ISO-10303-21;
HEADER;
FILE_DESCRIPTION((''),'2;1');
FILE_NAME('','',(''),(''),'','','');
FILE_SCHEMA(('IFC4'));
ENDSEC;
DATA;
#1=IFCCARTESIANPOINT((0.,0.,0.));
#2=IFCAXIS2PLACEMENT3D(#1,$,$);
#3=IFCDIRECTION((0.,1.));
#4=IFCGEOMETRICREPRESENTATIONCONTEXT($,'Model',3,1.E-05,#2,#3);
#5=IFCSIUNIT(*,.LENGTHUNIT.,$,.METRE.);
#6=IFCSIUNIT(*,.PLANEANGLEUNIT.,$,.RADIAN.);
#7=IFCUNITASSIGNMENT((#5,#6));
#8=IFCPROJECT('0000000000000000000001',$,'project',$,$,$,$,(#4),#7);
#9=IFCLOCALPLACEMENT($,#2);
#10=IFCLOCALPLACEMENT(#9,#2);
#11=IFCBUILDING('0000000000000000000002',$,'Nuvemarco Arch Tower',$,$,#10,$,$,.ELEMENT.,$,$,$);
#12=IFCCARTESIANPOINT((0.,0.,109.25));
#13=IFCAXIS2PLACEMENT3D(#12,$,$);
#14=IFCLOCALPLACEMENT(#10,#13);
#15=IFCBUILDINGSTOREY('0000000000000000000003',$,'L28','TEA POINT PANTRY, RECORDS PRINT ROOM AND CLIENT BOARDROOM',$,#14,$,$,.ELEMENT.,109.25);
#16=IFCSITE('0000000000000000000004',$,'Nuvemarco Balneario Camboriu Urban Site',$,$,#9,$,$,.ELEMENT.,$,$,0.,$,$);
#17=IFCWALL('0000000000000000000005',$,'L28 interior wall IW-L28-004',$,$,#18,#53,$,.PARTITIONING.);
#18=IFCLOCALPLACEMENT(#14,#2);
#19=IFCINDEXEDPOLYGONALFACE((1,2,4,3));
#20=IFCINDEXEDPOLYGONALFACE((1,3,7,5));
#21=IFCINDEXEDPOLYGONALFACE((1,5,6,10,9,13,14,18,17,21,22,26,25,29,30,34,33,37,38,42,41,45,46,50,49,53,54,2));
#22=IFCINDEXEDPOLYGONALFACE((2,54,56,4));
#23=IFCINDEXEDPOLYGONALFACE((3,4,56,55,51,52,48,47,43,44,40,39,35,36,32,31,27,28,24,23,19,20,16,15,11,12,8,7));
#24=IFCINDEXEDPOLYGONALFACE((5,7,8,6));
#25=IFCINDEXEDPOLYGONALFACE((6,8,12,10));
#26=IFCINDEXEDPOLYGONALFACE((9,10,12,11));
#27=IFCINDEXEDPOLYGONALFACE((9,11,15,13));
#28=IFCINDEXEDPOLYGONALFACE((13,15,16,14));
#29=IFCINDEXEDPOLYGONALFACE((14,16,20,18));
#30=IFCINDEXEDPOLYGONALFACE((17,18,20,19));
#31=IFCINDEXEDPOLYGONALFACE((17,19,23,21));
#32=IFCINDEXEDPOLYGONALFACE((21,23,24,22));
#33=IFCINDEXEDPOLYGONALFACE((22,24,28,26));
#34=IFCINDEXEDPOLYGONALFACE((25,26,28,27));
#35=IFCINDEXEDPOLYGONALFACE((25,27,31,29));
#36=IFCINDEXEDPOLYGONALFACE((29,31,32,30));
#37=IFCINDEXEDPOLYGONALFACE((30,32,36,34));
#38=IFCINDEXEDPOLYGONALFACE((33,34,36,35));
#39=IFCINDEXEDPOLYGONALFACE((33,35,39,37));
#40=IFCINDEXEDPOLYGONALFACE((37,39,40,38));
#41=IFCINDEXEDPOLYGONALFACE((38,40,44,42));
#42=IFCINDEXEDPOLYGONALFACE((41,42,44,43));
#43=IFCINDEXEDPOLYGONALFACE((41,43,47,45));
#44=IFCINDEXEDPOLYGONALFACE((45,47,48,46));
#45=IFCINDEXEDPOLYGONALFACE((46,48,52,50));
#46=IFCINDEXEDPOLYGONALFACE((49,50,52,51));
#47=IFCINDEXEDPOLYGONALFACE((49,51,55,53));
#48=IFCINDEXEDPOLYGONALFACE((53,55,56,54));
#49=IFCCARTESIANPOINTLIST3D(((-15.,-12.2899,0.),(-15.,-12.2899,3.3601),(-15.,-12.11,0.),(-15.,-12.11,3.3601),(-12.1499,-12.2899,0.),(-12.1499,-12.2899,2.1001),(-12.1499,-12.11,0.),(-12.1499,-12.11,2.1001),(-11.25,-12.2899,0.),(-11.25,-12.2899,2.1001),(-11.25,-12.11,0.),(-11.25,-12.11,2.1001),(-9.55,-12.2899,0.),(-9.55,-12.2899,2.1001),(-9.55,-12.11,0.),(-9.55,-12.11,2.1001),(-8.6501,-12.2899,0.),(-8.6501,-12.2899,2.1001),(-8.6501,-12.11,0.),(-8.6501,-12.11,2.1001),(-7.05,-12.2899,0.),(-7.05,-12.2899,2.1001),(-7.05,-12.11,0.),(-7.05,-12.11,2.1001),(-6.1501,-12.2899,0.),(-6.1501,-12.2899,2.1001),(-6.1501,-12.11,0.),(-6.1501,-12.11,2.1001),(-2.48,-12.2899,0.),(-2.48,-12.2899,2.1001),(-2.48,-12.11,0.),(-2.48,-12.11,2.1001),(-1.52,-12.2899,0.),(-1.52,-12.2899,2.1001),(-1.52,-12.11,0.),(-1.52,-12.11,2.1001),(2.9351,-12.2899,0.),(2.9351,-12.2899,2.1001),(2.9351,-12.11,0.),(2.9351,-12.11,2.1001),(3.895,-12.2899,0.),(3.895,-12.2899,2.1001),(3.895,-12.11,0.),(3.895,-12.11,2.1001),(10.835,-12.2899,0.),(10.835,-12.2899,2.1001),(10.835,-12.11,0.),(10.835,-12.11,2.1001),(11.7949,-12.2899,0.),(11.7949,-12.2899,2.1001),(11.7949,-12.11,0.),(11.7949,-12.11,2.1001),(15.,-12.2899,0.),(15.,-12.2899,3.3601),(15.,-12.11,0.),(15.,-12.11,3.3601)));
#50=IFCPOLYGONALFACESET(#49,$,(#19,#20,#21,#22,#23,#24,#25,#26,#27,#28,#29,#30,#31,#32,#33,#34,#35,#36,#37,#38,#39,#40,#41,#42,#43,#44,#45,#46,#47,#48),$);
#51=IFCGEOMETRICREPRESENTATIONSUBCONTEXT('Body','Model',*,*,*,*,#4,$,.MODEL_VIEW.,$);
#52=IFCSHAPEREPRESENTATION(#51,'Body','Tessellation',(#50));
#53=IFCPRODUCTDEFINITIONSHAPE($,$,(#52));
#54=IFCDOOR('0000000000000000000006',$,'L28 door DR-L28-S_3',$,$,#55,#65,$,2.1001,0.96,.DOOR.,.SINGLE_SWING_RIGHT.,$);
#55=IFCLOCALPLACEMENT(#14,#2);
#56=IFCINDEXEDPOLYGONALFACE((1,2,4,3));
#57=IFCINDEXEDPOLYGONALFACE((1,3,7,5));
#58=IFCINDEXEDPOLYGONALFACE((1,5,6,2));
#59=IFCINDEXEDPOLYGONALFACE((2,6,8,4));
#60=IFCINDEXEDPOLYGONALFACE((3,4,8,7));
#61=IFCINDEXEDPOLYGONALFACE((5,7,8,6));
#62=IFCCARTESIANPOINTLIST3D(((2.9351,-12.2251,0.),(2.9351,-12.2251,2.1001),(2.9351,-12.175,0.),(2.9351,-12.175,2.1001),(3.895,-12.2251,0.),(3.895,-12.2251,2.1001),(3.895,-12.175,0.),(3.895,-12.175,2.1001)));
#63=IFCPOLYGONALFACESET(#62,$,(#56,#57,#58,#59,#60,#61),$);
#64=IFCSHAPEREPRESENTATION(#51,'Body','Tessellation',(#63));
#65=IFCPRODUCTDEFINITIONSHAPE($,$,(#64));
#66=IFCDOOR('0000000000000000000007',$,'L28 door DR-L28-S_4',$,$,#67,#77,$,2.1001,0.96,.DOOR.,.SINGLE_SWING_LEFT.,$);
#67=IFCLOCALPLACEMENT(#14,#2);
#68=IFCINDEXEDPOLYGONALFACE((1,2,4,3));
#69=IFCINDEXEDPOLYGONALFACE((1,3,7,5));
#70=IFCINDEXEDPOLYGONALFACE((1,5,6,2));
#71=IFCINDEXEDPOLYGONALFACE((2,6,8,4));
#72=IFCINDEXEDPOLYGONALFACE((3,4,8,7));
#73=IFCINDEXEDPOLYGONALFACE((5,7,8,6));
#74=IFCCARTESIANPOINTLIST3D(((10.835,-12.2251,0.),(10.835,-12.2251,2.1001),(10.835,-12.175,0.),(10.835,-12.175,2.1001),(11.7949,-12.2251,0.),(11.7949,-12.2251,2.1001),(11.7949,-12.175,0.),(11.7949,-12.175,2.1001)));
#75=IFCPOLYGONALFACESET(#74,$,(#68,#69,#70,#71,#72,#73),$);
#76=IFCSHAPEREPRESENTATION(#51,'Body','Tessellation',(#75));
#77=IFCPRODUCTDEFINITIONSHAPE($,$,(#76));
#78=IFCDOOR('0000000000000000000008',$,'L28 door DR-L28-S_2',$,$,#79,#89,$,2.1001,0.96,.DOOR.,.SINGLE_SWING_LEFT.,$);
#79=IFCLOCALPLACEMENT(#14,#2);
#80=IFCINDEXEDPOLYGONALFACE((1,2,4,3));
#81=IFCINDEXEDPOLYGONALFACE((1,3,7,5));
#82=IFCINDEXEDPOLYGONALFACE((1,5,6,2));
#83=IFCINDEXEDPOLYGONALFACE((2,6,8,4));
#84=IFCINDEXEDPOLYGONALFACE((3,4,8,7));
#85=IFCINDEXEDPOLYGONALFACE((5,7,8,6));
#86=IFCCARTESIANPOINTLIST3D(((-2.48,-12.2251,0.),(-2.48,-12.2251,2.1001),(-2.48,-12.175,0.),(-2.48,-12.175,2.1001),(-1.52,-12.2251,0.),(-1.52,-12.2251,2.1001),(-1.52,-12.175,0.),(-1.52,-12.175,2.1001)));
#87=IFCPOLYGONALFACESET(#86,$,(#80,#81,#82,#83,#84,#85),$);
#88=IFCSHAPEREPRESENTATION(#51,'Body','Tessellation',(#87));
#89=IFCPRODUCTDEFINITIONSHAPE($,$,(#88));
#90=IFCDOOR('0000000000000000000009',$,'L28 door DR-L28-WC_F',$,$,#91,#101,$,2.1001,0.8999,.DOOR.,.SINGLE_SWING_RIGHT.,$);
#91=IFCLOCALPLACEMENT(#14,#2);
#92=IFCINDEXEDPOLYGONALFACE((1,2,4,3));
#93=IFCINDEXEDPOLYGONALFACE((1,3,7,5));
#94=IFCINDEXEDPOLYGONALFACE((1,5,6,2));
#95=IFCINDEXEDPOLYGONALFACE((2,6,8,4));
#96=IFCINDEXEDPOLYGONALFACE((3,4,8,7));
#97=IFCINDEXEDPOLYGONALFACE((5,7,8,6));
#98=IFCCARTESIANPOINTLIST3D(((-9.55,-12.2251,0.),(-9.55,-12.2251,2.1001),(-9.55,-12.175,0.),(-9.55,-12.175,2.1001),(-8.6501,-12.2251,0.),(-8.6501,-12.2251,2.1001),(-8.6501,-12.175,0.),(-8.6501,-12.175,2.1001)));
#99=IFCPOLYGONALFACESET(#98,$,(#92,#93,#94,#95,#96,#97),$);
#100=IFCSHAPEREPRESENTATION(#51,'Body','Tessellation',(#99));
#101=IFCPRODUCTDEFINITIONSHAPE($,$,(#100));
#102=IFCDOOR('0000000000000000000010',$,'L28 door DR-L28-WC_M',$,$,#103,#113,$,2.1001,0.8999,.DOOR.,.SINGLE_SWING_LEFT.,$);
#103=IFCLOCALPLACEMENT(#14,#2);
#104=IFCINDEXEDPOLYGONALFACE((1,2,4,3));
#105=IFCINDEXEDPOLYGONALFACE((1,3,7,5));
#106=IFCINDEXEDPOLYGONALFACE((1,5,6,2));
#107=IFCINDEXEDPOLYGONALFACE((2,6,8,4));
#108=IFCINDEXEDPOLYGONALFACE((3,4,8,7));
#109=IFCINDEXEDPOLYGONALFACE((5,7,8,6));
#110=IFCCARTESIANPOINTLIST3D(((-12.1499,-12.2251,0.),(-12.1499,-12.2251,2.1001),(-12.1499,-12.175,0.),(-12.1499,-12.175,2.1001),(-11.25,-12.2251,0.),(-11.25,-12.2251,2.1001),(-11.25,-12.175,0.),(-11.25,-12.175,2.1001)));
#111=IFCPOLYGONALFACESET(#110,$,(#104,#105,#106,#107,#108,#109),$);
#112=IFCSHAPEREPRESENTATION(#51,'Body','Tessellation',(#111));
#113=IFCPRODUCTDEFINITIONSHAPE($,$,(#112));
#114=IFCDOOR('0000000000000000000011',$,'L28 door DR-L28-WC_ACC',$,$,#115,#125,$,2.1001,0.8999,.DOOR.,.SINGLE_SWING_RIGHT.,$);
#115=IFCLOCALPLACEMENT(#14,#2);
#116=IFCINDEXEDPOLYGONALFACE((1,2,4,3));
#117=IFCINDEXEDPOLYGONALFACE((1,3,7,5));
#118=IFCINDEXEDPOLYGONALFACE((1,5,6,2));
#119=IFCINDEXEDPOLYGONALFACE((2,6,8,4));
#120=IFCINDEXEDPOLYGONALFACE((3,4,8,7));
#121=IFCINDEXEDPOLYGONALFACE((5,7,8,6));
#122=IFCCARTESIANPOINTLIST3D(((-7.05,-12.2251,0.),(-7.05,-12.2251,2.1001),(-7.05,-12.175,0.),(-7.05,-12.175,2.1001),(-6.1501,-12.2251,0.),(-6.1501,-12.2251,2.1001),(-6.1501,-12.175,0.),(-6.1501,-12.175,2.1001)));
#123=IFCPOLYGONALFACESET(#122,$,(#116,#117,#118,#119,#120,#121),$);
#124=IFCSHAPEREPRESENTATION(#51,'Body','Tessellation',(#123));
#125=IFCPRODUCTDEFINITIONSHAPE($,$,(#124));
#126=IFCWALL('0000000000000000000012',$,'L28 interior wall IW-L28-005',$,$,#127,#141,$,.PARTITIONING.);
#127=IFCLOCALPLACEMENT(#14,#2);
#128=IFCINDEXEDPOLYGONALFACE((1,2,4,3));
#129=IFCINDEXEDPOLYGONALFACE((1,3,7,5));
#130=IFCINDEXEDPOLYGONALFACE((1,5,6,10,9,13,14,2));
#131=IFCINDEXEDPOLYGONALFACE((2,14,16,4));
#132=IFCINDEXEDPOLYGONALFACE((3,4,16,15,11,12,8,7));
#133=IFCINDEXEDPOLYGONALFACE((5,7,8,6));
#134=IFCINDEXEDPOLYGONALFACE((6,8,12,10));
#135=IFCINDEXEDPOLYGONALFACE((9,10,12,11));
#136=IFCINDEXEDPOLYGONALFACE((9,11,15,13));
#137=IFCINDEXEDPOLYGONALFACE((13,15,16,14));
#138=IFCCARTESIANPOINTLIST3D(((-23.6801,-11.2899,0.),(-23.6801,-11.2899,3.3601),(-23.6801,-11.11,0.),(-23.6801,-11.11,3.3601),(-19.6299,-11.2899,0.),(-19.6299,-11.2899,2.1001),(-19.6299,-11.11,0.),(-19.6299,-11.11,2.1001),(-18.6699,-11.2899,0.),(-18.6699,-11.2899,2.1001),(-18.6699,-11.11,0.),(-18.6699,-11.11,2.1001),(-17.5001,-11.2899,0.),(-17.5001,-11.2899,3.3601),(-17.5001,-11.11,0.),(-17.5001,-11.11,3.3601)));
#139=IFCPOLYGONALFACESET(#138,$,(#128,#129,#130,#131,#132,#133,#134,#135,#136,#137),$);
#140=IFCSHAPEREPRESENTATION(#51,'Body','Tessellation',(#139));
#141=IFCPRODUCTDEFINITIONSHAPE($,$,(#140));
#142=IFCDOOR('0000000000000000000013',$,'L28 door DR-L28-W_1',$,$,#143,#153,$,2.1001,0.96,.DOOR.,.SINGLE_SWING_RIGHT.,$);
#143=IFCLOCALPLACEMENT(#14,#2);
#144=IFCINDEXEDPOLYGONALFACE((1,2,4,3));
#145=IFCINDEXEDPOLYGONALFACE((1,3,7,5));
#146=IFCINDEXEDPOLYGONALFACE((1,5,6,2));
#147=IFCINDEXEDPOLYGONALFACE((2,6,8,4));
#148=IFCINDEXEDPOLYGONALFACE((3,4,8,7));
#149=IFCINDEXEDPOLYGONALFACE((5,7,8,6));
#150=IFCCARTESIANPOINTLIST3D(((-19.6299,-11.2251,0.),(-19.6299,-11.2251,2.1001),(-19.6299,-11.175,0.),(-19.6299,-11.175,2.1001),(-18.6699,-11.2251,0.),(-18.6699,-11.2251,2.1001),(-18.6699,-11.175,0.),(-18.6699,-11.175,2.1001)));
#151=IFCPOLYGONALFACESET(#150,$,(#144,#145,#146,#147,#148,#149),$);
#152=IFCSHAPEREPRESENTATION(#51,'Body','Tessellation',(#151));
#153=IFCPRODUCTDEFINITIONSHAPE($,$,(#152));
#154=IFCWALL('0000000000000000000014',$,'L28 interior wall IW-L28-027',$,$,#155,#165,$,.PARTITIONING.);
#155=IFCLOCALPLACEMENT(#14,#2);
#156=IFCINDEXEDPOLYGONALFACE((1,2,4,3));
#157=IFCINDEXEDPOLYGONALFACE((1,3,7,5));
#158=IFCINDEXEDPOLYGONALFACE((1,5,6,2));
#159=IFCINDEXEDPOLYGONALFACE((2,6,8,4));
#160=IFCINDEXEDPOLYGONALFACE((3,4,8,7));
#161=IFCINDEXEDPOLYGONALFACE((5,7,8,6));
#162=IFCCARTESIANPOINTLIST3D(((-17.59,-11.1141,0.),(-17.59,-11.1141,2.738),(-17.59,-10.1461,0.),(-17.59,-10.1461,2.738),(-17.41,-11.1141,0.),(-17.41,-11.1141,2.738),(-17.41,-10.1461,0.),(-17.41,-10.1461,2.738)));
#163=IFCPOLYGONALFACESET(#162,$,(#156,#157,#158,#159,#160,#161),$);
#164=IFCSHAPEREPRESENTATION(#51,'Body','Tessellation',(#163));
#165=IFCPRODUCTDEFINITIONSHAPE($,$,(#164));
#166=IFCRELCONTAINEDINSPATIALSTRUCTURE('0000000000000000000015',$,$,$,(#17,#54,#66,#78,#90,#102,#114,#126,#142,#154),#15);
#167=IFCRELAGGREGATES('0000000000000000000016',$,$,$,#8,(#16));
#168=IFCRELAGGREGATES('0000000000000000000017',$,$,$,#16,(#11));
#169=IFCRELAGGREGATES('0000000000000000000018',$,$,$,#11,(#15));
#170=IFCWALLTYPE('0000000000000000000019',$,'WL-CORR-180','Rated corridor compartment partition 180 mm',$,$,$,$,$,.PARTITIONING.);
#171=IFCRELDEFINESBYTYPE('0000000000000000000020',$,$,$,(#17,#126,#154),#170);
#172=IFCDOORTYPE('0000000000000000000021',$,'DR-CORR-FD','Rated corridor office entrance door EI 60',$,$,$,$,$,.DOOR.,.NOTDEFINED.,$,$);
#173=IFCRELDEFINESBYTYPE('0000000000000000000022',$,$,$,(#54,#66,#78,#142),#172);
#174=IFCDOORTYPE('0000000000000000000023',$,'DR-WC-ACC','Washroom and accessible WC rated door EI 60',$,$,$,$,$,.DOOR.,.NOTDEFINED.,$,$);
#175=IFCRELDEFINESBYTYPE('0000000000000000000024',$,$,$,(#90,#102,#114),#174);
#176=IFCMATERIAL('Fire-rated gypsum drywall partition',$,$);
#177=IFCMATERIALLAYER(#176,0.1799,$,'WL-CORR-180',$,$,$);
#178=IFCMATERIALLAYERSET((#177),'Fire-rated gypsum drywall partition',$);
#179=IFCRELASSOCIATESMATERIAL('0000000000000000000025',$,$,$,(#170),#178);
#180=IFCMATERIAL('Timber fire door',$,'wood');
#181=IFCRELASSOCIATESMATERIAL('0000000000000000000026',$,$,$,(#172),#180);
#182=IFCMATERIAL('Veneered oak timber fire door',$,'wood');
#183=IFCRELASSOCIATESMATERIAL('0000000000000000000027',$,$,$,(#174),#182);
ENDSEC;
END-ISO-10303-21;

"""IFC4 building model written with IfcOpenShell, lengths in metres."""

from ifc_helpers import new_model, si_unit, direction, frame, frame_2d, origin, place, context, subcontext, project, spatial, rectangle, extrude, source, transform, mapped, material, layer, layer_set, type_object, type_shapes, element, fill, save


model = new_model("IFC4")

# Units and contexts
model_context = context("Model", 3, precision=1e-05, world=origin(), true_north=direction((0.0, 1.0)))
body_context = subcontext(model_context, "Body", "Model", "MODEL_VIEW")
ifc_project = project(units=[si_unit("LENGTHUNIT", "METRE"), si_unit("PLANEANGLEUNIT", "RADIAN")], contexts=[model_context])

# Site, building, storey
site_placement = place(None, origin())
site = spatial("IfcSite", under=ifc_project, at=site_placement, Name="Nuvemarco Balneario Camboriu Urban Site", CompositionType="ELEMENT", RefElevation=0.0)
building_placement = place(site_placement, origin())
building = spatial("IfcBuilding", under=site, at=building_placement, Name="Nuvemarco Arch Tower", CompositionType="ELEMENT")
storey_placement = place(building_placement, frame((0.0, 0.0, 109.25)))
storey = spatial("IfcBuildingStorey", under=building, at=storey_placement, Name="L28", Description="TEA POINT PANTRY, RECORDS PRINT ROOM AND CLIENT BOARDROOM", CompositionType="ELEMENT", Elevation=109.25)

# Wall, openings, doors
ifc_material_1 = material(Name="Fire-rated gypsum drywall partition")
ifc_layer_1 = layer(ifc_material_1, 0.1799, Name="WL-CORR-180")
ifc_layer_set_1 = layer_set([ifc_layer_1], Name="Fire-rated gypsum drywall partition")
wall_type_1 = type_object("IfcWallType", Name="WL-CORR-180", Description="Rated corridor compartment partition 180 mm", PredefinedType="PARTITIONING", material=ifc_layer_set_1)
wall_1_placement = place(storey_placement, frame((-15.0, -12.2, 0.0), z_axis=(0.0, 0.0, 1.0), x_axis=(1.0, 0.0, 0.0)))
wall_1 = element("IfcWall", 1, at=wall_1_placement, inside=storey, type_object=wall_type_1, Name="L28 interior wall IW-L28-004", PredefinedType="PARTITIONING", context=body_context, shape_type="SweptSolid", body=[
    extrude(rectangle(XDim=30.0, YDim=0.1799, at=frame_2d((15.0, 0.0))), origin(), (0.0, 0.0, 1.0), 3.3601),
])
opening_1_placement = place(wall_1_placement, frame((17.9351, 0.0, 0.0)))
opening_1 = element("IfcOpeningElement", 2, at=opening_1_placement, cuts=wall_1, PredefinedType="OPENING", context=body_context, shape_type="SweptSolid", body=[
    extrude(rectangle(XDim=0.96, YDim=2.1001, at=frame_2d((0.48, 1.05))), frame((0.0, 0.0999, 0.0), z_axis=(0.0, -1.0, 0.0), x_axis=(1.0, 0.0, 0.0)), (0.0, 0.0, 1.0), 0.2),
])
opening_2_placement = place(wall_1_placement, frame((25.835, 0.0, 0.0)))
opening_2 = element("IfcOpeningElement", 3, at=opening_2_placement, cuts=wall_1, PredefinedType="OPENING", context=body_context, shape_type="SweptSolid", body=[
    extrude(rectangle(XDim=0.96, YDim=2.1001, at=frame_2d((0.48, 1.05))), frame((0.0, 0.0999, 0.0), z_axis=(0.0, -1.0, 0.0), x_axis=(1.0, 0.0, 0.0)), (0.0, 0.0, 1.0), 0.2),
])
opening_3_placement = place(wall_1_placement, frame((5.45, 0.0, 0.0)))
opening_3 = element("IfcOpeningElement", 4, at=opening_3_placement, cuts=wall_1, PredefinedType="OPENING", context=body_context, shape_type="SweptSolid", body=[
    extrude(rectangle(XDim=0.8999, YDim=2.1001, at=frame_2d((0.45, 1.05))), frame((0.0, 0.0999, 0.0), z_axis=(0.0, -1.0, 0.0), x_axis=(1.0, 0.0, 0.0)), (0.0, 0.0, 1.0), 0.2),
])
opening_4_placement = place(wall_1_placement, frame((2.8501, 0.0, 0.0)))
opening_4 = element("IfcOpeningElement", 5, at=opening_4_placement, cuts=wall_1, PredefinedType="OPENING", context=body_context, shape_type="SweptSolid", body=[
    extrude(rectangle(XDim=0.8999, YDim=2.1001, at=frame_2d((0.45, 1.05))), frame((0.0, 0.0999, 0.0), z_axis=(0.0, -1.0, 0.0), x_axis=(1.0, 0.0, 0.0)), (0.0, 0.0, 1.0), 0.2),
])
opening_5_placement = place(wall_1_placement, frame((12.52, 0.0, 0.0)))
opening_5 = element("IfcOpeningElement", 6, at=opening_5_placement, cuts=wall_1, PredefinedType="OPENING", context=body_context, shape_type="SweptSolid", body=[
    extrude(rectangle(XDim=0.96, YDim=2.1001, at=frame_2d((0.48, 1.05))), frame((0.0, 0.0999, 0.0), z_axis=(0.0, -1.0, 0.0), x_axis=(1.0, 0.0, 0.0)), (0.0, 0.0, 1.0), 0.2),
])
opening_6_placement = place(wall_1_placement, frame((7.95, 0.0, 0.0)))
opening_6 = element("IfcOpeningElement", 7, at=opening_6_placement, cuts=wall_1, PredefinedType="OPENING", context=body_context, shape_type="SweptSolid", body=[
    extrude(rectangle(XDim=0.8999, YDim=2.1001, at=frame_2d((0.45, 1.05))), frame((0.0, 0.0999, 0.0), z_axis=(0.0, -1.0, 0.0), x_axis=(1.0, 0.0, 0.0)), (0.0, 0.0, 1.0), 0.2),
])
ifc_material_2 = material(Name="Timber fire door", Category="wood")
door_type_1 = type_object("IfcDoorType", Name="DR-CORR-FD", Description="Rated corridor office entrance door EI 60", OperationType="NOTDEFINED", PredefinedType="DOOR", material=ifc_material_2)
shared_shape_1 = source(origin(), body_context, "Body", "SweptSolid", [
    extrude(rectangle(XDim=0.96, YDim=2.1001, at=frame_2d((0.48, 1.05))), frame((0.0, 0.0249, 0.0), z_axis=(0.0, -1.0, 0.0), x_axis=(1.0, 0.0, 0.0)), (0.0, 0.0, 1.0), 0.05),
])
type_shapes(door_type_1, [shared_shape_1])
door_1_placement = place(opening_1_placement, origin())
door_1 = element("IfcDoor", 8, at=door_1_placement, inside=storey, type_object=door_type_1, Name="L28 door DR-L28-S_3", OperationType="SINGLE_SWING_RIGHT", OverallHeight=2.1001, OverallWidth=0.96, PredefinedType="DOOR", context=body_context, shape_type="MappedRepresentation", body=[
    mapped(shared_shape_1, transform((0.0, 0.0, 0.0), scale=1.0)),
])
fill(opening_1, door_1)
door_2_placement = place(opening_2_placement, origin())
door_2 = element("IfcDoor", 9, at=door_2_placement, inside=storey, type_object=door_type_1, Name="L28 door DR-L28-S_4", OperationType="SINGLE_SWING_LEFT", OverallHeight=2.1001, OverallWidth=0.96, PredefinedType="DOOR", context=body_context, shape_type="MappedRepresentation", body=[
    mapped(shared_shape_1, transform((0.0, 0.0, 0.0), scale=1.0)),
])
fill(opening_2, door_2)
door_3_placement = place(opening_5_placement, origin())
door_3 = element("IfcDoor", 10, at=door_3_placement, inside=storey, type_object=door_type_1, Name="L28 door DR-L28-S_2", OperationType="SINGLE_SWING_LEFT", OverallHeight=2.1001, OverallWidth=0.96, PredefinedType="DOOR", context=body_context, shape_type="MappedRepresentation", body=[
    mapped(shared_shape_1, transform((0.0, 0.0, 0.0), scale=1.0)),
])
fill(opening_5, door_3)
ifc_material_3 = material(Name="Veneered oak timber fire door", Category="wood")
door_type_2 = type_object("IfcDoorType", Name="DR-WC-ACC", Description="Washroom and accessible WC rated door EI 60", OperationType="NOTDEFINED", PredefinedType="DOOR", material=ifc_material_3)
shared_shape_2 = source(origin(), body_context, "Body", "SweptSolid", [
    extrude(rectangle(XDim=0.8999, YDim=2.1001, at=frame_2d((0.45, 1.05))), frame((0.0, 0.0249, 0.0), z_axis=(0.0, -1.0, 0.0), x_axis=(1.0, 0.0, 0.0)), (0.0, 0.0, 1.0), 0.05),
])
type_shapes(door_type_2, [shared_shape_2])
door_4_placement = place(opening_3_placement, origin())
door_4 = element("IfcDoor", 11, at=door_4_placement, inside=storey, type_object=door_type_2, Name="L28 door DR-L28-WC_F", OperationType="SINGLE_SWING_RIGHT", OverallHeight=2.1001, OverallWidth=0.8999, PredefinedType="DOOR", context=body_context, shape_type="MappedRepresentation", body=[
    mapped(shared_shape_2, transform((0.0, 0.0, 0.0), scale=1.0)),
])
fill(opening_3, door_4)
door_5_placement = place(opening_4_placement, origin())
door_5 = element("IfcDoor", 12, at=door_5_placement, inside=storey, type_object=door_type_2, Name="L28 door DR-L28-WC_M", OperationType="SINGLE_SWING_LEFT", OverallHeight=2.1001, OverallWidth=0.8999, PredefinedType="DOOR", context=body_context, shape_type="MappedRepresentation", body=[
    mapped(shared_shape_2, transform((0.0, 0.0, 0.0), scale=1.0)),
])
fill(opening_4, door_5)
door_6_placement = place(opening_6_placement, origin())
door_6 = element("IfcDoor", 13, at=door_6_placement, inside=storey, type_object=door_type_2, Name="L28 door DR-L28-WC_ACC", OperationType="SINGLE_SWING_RIGHT", OverallHeight=2.1001, OverallWidth=0.8999, PredefinedType="DOOR", context=body_context, shape_type="MappedRepresentation", body=[
    mapped(shared_shape_2, transform((0.0, 0.0, 0.0), scale=1.0)),
])
fill(opening_6, door_6)

# Wall, opening, door
wall_2_placement = place(storey_placement, frame((-23.6799, -11.2, 0.0), z_axis=(0.0, 0.0, 1.0), x_axis=(1.0, 0.0, 0.0)))
wall_2 = element("IfcWall", 14, at=wall_2_placement, inside=storey, type_object=wall_type_1, Name="L28 interior wall IW-L28-005", PredefinedType="PARTITIONING", context=body_context, shape_type="SweptSolid", body=[
    extrude(rectangle(XDim=6.1799, YDim=0.1799, at=frame_2d((3.0898, 0.0))), origin(), (0.0, 0.0, 1.0), 3.3601),
])
opening_7_placement = place(wall_2_placement, frame((4.05, 0.0, 0.0)))
opening_7 = element("IfcOpeningElement", 15, at=opening_7_placement, cuts=wall_2, PredefinedType="OPENING", context=body_context, shape_type="SweptSolid", body=[
    extrude(rectangle(XDim=0.96, YDim=2.1001, at=frame_2d((0.48, 1.05))), frame((0.0, 0.0999, 0.0), z_axis=(0.0, -1.0, 0.0), x_axis=(1.0, 0.0, 0.0)), (0.0, 0.0, 1.0), 0.2),
])
door_7_placement = place(opening_7_placement, origin())
door_7 = element("IfcDoor", 16, at=door_7_placement, inside=storey, type_object=door_type_1, Name="L28 door DR-L28-W_1", OperationType="SINGLE_SWING_RIGHT", OverallHeight=2.1001, OverallWidth=0.96, PredefinedType="DOOR", context=body_context, shape_type="MappedRepresentation", body=[
    mapped(shared_shape_1, transform((0.0, 0.0, 0.0), scale=1.0)),
])
fill(opening_7, door_7)

# Wall
wall_3_placement = place(storey_placement, frame((-17.5, -11.114, 0.0), z_axis=(0.0, 0.0, 1.0), x_axis=(0.0, 1.0, 0.0)))
element("IfcWall", 17, at=wall_3_placement, inside=storey, type_object=wall_type_1, Name="L28 interior wall IW-L28-027", PredefinedType="PARTITIONING", context=body_context, shape_type="SweptSolid", body=[
    extrude(rectangle(XDim=0.968, YDim=0.1799, at=frame_2d((0.4839, 0.0))), origin(), (0.0, 0.0, 1.0), 2.738),
])

save(model, "model.ifc")
